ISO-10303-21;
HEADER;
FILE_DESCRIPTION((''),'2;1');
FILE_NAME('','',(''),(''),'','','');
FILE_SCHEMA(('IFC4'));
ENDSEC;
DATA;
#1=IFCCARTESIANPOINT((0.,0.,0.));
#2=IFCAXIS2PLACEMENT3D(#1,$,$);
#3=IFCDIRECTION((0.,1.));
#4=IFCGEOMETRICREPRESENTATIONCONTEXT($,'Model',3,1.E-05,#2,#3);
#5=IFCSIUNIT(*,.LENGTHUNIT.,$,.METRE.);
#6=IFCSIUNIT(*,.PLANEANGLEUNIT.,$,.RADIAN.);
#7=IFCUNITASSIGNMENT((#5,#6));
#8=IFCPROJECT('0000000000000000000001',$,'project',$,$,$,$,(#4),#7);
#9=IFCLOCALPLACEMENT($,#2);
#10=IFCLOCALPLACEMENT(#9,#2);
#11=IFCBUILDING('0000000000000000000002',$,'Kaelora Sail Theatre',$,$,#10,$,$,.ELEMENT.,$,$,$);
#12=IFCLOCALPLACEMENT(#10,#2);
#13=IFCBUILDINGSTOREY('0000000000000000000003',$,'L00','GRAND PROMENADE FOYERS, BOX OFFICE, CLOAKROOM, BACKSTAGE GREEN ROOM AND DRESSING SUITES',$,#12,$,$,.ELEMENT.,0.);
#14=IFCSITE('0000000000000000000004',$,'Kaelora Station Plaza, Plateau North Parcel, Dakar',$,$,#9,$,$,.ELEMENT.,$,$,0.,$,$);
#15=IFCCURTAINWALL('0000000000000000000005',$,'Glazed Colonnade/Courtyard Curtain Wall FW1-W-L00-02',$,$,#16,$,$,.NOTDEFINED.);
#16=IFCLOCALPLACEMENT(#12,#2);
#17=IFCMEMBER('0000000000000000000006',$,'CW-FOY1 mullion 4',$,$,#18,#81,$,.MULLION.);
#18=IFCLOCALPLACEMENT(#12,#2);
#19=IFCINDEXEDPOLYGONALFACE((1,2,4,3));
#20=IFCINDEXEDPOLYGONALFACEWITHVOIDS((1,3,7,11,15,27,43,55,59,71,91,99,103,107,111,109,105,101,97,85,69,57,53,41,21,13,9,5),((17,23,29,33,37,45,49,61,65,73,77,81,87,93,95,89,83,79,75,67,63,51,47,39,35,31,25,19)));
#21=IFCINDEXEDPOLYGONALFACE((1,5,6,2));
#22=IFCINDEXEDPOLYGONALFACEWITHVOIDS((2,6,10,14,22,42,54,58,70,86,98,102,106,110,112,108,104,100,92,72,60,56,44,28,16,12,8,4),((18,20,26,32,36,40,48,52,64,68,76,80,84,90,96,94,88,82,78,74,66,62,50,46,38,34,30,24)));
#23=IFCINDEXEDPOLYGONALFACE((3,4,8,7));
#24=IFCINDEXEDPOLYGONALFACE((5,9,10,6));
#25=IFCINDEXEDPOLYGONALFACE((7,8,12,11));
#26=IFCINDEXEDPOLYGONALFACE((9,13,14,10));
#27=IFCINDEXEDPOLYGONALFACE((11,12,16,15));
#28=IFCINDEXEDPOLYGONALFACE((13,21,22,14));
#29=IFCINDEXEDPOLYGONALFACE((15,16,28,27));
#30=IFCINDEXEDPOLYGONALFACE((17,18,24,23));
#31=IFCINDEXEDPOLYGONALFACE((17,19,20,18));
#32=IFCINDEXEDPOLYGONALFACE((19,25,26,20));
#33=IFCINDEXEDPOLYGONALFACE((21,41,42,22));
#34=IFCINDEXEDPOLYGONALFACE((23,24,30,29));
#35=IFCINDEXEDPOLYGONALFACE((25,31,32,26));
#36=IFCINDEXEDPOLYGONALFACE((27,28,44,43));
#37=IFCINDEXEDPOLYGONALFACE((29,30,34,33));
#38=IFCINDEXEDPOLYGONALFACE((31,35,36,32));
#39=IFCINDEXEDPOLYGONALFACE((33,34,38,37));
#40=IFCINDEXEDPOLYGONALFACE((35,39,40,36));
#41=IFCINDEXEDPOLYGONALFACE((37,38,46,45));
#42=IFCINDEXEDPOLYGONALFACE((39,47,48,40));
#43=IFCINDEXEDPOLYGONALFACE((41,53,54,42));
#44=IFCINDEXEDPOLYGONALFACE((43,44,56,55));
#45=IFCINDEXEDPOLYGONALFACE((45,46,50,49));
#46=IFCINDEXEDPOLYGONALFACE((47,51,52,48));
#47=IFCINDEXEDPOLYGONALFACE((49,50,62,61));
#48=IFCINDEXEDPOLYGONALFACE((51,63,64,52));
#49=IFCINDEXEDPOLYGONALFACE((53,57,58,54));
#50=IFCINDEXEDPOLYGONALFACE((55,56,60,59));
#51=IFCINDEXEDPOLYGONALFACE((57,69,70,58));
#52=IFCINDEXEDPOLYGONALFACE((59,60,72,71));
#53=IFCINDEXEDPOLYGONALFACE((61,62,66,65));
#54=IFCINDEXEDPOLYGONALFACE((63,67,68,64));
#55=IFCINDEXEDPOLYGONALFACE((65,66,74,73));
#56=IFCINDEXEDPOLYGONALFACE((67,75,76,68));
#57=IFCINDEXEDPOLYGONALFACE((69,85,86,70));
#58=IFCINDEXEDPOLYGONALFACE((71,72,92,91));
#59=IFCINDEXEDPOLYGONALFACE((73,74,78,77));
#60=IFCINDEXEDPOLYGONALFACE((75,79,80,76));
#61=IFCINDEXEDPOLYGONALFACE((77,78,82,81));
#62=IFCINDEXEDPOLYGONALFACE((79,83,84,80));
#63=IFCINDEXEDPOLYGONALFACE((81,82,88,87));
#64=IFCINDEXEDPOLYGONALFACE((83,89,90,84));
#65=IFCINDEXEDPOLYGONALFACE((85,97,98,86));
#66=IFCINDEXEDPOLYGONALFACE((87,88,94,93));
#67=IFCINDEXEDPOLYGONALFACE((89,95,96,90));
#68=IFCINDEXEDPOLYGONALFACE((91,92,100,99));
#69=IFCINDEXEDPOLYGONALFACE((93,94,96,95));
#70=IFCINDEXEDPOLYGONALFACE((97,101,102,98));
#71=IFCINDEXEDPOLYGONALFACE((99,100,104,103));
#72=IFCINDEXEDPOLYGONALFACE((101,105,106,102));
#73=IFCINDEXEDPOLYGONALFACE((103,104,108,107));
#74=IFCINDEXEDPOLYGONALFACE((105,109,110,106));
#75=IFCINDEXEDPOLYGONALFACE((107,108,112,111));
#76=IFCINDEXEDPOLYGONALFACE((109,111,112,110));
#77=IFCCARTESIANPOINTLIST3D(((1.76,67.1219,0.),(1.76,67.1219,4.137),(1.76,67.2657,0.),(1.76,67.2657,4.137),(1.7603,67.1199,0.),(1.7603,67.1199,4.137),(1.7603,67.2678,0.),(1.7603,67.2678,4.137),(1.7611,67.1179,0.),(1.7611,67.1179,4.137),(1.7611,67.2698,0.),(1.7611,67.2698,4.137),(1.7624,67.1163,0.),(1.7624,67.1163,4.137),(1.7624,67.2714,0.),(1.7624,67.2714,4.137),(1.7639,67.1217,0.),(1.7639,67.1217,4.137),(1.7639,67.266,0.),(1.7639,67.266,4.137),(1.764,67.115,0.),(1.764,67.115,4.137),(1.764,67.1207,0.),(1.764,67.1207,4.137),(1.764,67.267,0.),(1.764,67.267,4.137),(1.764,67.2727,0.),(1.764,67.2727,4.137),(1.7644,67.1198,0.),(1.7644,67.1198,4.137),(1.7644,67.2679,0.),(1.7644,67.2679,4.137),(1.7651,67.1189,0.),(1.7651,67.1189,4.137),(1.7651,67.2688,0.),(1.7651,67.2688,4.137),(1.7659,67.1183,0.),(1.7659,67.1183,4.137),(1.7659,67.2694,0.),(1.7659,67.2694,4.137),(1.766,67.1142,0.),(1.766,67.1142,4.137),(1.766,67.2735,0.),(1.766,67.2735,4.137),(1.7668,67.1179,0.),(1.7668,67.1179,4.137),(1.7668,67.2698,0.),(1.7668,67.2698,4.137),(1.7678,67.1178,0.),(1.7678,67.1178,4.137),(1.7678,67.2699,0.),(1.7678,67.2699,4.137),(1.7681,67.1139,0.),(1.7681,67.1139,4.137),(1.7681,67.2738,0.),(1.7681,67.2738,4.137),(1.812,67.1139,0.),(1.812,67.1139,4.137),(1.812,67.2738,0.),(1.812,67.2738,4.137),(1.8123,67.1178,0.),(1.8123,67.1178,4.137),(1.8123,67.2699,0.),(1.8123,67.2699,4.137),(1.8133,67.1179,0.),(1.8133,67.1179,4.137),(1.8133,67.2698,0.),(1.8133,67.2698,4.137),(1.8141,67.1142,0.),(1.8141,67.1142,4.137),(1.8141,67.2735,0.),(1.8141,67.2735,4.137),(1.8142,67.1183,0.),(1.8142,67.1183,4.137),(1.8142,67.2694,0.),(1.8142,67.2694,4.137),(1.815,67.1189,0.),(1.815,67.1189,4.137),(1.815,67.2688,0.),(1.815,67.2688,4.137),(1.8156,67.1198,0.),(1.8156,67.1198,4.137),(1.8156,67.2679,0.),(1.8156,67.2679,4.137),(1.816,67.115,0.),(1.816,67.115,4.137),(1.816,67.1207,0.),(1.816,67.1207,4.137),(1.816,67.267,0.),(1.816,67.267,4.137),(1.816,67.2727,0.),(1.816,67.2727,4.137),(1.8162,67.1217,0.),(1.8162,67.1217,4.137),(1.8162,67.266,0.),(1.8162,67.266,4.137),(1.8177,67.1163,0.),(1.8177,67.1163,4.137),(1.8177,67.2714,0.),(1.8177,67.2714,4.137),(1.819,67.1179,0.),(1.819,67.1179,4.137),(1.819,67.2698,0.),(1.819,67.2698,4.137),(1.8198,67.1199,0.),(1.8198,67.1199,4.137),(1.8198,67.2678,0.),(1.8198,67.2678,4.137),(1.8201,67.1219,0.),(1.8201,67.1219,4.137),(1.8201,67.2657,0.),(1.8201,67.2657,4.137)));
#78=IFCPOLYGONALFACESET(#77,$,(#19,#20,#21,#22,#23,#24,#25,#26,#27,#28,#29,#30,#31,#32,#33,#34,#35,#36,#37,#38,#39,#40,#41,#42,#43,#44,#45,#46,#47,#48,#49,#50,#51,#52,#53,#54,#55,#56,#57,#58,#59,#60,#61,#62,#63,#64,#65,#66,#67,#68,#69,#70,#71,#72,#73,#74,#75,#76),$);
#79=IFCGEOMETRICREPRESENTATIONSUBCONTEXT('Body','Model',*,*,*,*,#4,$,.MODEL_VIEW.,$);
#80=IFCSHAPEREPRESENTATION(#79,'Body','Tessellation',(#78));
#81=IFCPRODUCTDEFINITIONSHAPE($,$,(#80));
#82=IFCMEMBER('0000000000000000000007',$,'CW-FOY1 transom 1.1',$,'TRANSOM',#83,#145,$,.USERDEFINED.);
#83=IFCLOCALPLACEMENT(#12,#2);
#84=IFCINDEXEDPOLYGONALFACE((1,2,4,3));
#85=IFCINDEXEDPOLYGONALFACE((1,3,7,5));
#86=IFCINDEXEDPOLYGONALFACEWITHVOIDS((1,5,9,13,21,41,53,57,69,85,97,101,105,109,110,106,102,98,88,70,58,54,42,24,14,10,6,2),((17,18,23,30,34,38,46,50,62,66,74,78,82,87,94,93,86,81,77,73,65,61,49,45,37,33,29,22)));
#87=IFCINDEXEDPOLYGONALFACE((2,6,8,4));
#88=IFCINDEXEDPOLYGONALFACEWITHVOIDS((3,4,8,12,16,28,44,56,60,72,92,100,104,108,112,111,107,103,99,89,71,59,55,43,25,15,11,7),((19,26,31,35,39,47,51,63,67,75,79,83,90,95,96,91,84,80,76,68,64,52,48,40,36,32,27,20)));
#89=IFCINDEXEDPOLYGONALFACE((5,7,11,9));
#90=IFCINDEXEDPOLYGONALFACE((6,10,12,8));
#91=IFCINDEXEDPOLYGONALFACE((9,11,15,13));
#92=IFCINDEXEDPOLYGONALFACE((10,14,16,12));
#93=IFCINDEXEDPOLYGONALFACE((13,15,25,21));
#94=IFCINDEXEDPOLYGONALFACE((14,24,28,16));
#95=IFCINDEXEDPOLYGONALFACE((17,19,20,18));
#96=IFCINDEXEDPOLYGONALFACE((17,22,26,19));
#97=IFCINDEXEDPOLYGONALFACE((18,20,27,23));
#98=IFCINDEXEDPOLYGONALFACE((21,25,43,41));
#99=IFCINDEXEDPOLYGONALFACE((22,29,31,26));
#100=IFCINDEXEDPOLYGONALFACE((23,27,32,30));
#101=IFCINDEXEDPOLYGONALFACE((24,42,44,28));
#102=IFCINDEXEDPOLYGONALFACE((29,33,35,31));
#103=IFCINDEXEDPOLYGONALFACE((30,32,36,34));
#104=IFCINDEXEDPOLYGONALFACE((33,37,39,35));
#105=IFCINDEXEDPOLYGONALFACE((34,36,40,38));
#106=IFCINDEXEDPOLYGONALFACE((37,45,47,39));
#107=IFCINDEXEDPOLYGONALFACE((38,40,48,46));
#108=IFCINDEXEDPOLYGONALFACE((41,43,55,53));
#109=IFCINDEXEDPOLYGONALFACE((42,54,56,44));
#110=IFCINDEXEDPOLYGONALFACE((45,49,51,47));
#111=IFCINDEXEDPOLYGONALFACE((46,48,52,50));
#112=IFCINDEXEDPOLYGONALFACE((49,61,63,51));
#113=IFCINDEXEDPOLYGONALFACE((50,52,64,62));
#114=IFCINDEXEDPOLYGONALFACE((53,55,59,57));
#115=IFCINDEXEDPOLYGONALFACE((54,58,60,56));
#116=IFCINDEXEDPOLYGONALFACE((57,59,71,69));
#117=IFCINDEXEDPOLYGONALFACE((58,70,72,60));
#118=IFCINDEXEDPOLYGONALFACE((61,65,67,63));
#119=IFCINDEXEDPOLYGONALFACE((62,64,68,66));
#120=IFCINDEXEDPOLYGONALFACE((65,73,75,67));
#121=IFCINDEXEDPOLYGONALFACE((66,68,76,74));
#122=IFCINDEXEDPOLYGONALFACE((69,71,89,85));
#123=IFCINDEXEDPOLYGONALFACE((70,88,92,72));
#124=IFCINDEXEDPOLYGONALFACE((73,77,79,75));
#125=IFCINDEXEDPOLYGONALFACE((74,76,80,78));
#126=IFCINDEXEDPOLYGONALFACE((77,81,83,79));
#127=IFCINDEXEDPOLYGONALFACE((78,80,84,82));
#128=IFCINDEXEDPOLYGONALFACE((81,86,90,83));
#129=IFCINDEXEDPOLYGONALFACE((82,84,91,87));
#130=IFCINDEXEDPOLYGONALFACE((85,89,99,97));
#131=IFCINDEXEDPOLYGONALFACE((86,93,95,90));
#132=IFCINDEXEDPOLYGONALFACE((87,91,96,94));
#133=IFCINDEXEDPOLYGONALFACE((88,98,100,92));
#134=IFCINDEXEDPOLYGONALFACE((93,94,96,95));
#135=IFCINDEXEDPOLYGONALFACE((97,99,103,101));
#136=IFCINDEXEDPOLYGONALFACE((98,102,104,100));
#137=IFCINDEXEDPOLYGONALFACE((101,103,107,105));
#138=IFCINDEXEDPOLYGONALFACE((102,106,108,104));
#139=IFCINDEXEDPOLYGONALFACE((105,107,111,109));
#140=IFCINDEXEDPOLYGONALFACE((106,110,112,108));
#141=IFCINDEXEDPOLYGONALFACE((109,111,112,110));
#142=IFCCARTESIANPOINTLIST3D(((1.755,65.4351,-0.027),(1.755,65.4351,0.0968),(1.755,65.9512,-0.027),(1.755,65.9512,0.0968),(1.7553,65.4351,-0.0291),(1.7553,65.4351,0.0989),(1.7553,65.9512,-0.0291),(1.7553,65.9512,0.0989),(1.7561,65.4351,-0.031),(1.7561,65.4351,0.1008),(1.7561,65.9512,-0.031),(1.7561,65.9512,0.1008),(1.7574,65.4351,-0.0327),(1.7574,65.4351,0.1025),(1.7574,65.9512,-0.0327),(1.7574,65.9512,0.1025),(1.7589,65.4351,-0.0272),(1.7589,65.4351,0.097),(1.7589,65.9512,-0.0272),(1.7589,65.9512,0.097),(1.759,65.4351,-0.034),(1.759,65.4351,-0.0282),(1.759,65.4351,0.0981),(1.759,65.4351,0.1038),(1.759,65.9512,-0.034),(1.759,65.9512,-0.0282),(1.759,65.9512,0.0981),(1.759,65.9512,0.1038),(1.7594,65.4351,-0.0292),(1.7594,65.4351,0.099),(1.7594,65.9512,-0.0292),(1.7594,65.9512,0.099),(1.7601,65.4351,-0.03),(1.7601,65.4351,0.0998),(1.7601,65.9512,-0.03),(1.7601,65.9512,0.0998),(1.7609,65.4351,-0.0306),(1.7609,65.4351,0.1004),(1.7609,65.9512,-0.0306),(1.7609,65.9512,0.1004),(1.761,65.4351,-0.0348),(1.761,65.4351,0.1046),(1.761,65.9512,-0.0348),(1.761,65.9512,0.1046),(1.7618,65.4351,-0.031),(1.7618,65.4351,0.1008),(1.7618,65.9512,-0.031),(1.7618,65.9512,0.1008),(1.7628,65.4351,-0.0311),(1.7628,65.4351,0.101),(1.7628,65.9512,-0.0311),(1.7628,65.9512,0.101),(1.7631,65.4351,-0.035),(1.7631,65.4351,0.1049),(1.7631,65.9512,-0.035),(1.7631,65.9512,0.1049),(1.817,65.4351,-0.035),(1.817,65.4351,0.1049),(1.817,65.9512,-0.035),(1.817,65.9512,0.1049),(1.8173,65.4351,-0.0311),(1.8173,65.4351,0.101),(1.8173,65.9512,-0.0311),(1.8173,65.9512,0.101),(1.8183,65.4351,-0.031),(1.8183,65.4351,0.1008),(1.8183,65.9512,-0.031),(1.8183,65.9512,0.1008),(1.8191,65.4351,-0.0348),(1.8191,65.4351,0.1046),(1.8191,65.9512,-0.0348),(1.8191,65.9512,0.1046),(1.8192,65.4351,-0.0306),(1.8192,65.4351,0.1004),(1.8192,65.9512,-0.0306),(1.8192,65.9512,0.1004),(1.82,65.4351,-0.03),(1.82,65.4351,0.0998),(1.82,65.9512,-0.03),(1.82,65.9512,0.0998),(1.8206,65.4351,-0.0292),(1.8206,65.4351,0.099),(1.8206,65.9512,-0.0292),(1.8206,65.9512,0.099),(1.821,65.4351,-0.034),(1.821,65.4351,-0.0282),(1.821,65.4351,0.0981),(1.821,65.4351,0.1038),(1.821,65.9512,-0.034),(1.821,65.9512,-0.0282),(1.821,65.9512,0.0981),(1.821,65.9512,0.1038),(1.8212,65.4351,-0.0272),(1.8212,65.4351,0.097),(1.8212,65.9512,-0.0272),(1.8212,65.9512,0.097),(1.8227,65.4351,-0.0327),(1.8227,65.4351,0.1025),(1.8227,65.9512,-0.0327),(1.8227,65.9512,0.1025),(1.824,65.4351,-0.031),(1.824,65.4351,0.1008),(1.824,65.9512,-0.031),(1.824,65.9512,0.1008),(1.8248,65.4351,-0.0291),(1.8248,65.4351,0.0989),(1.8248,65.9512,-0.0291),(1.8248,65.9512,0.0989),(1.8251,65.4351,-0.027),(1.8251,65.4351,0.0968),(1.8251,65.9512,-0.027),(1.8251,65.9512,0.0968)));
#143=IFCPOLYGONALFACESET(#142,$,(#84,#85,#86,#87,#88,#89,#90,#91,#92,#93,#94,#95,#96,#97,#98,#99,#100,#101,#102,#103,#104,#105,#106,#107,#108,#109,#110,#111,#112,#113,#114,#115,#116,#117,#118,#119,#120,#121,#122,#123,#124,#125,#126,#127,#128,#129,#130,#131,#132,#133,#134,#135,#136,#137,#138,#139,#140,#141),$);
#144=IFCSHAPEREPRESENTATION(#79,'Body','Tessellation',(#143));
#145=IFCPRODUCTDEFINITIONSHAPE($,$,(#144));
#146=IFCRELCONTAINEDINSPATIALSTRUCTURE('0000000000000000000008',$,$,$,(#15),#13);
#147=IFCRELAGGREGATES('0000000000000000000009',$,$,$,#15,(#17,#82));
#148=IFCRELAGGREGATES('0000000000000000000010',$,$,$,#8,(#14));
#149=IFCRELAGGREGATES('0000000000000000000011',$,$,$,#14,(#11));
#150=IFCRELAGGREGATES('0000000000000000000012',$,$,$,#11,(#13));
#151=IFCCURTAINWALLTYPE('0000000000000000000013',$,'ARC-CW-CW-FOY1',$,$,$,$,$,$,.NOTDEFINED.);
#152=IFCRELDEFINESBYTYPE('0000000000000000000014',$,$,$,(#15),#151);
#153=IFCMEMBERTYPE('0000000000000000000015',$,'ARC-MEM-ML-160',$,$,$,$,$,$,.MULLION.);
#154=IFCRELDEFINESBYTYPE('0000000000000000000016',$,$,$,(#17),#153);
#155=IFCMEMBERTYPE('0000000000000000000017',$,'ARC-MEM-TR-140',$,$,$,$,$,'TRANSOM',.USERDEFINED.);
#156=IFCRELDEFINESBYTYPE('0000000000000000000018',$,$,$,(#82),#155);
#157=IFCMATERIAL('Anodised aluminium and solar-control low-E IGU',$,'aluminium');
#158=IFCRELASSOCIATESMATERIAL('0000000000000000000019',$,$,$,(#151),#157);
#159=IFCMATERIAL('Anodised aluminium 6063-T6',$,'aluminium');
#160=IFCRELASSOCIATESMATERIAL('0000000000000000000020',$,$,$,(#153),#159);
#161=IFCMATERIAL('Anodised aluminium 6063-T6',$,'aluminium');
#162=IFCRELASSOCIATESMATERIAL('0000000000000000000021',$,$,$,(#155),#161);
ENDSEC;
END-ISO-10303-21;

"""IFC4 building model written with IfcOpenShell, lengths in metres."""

from ifc_helpers import new_model, si_unit, direction, frame, origin, origin_2d, place, context, subcontext, project, spatial, hollow_rectangle, extrude, material, material_profile, profile_set, type_object, element, aggregate, save


model = new_model("IFC4")

# Units and contexts
model_context = context("Model", 3, precision=1e-05, world=origin(), true_north=direction((0.0, 1.0)))
body_context = subcontext(model_context, "Body", "Model", "MODEL_VIEW")
ifc_project = project(units=[si_unit("LENGTHUNIT", "METRE"), si_unit("PLANEANGLEUNIT", "RADIAN")], contexts=[model_context])

# Site, building, storey
site_placement = place(None, origin())
site = spatial("IfcSite", under=ifc_project, at=site_placement, Name="Kaelora Station Plaza, Plateau North Parcel, Dakar", CompositionType="ELEMENT", RefElevation=0.0)
building_placement = place(site_placement, origin())
building = spatial("IfcBuilding", under=site, at=building_placement, Name="Kaelora Sail Theatre", CompositionType="ELEMENT")
storey_placement = place(building_placement, origin())
storey = spatial("IfcBuildingStorey", under=building, at=storey_placement, Name="L00", Description="GRAND PROMENADE FOYERS, BOX OFFICE, CLOAKROOM, BACKSTAGE GREEN ROOM AND DRESSING SUITES", CompositionType="ELEMENT", Elevation=0.0)

# Shared definitions
ifc_material_1 = material(Name="Anodised aluminium and solar-control low-E IGU", Category="aluminium")
curtain_wall_type = type_object("IfcCurtainWallType", Name="ARC-CW-CW-FOY1", PredefinedType="NOTDEFINED", material=ifc_material_1)
ifc_material_2 = material(Name="Anodised aluminium 6063-T6", Category="aluminium")
ifc_material_profile_1 = material_profile(ifc_material_2, hollow_rectangle(XDim=0.0601, YDim=0.1599, WallThickness=0.0039, InnerFilletRadius=0.0039, OuterFilletRadius=0.0081, at=origin_2d()), Name="ALU-MULL 60x160x4")
ifc_profile_set_1 = profile_set([ifc_material_profile_1], Name="Anodised aluminium 6063-T6")
member_type_1 = type_object("IfcMemberType", Name="ARC-MEM-ML-160", PredefinedType="MULLION", material=ifc_profile_set_1)

# Curtain wall, members
curtain_wall_1_placement = place(storey_placement, origin())
curtain_wall_1 = element("IfcCurtainWall", 1, at=curtain_wall_1_placement, inside=storey, type_object=curtain_wall_type, Name="Glazed Colonnade/Courtyard Curtain Wall FW1-W-L00-02", PredefinedType="NOTDEFINED")
member_1_placement = place(storey_placement, frame((1.79, 67.1938, 0.0), z_axis=(0.0, 0.0, 1.0), x_axis=(-1.0, 0.0, 0.0)))
member_1 = element("IfcMember", 2, at=member_1_placement, type_object=member_type_1, Name="CW-FOY1 mullion 4", PredefinedType="MULLION", context=body_context, shape_type="SweptSolid", body=[
    extrude(hollow_rectangle(XDim=0.0601, YDim=0.1599, WallThickness=0.0039, InnerFilletRadius=0.0039, OuterFilletRadius=0.0081, at=origin_2d()), origin(), (0.0, 0.0, 1.0), 4.137),
])
ifc_material_3 = material(Name="Anodised aluminium 6063-T6", Category="aluminium")
ifc_material_profile_2 = material_profile(ifc_material_3, hollow_rectangle(XDim=0.0701, YDim=0.1399, WallThickness=0.0039, InnerFilletRadius=0.0039, OuterFilletRadius=0.0081, at=origin_2d()), Name="ALU-TRAN 70x140x4")
ifc_profile_set_2 = profile_set([ifc_material_profile_2], Name="Anodised aluminium 6063-T6")
member_type_2 = type_object("IfcMemberType", Name="ARC-MEM-TR-140", ElementType="TRANSOM", PredefinedType="USERDEFINED", material=ifc_profile_set_2)
member_2_placement = place(storey_placement, frame((1.79, 65.4351, 0.0349), z_axis=(0.0, 1.0, 0.0), x_axis=(-1.0, 0.0, 0.0)))
member_2 = element("IfcMember", 3, at=member_2_placement, type_object=member_type_2, Name="CW-FOY1 transom 1.1", ObjectType="TRANSOM", PredefinedType="USERDEFINED", context=body_context, shape_type="SweptSolid", body=[
    extrude(hollow_rectangle(XDim=0.0701, YDim=0.1399, WallThickness=0.0039, InnerFilletRadius=0.0039, OuterFilletRadius=0.0081, at=origin_2d()), origin(), (0.0, 0.0, 1.0), 0.5161),
])

aggregate(curtain_wall_1, [member_1, member_2])

save(model, "model.ifc")
